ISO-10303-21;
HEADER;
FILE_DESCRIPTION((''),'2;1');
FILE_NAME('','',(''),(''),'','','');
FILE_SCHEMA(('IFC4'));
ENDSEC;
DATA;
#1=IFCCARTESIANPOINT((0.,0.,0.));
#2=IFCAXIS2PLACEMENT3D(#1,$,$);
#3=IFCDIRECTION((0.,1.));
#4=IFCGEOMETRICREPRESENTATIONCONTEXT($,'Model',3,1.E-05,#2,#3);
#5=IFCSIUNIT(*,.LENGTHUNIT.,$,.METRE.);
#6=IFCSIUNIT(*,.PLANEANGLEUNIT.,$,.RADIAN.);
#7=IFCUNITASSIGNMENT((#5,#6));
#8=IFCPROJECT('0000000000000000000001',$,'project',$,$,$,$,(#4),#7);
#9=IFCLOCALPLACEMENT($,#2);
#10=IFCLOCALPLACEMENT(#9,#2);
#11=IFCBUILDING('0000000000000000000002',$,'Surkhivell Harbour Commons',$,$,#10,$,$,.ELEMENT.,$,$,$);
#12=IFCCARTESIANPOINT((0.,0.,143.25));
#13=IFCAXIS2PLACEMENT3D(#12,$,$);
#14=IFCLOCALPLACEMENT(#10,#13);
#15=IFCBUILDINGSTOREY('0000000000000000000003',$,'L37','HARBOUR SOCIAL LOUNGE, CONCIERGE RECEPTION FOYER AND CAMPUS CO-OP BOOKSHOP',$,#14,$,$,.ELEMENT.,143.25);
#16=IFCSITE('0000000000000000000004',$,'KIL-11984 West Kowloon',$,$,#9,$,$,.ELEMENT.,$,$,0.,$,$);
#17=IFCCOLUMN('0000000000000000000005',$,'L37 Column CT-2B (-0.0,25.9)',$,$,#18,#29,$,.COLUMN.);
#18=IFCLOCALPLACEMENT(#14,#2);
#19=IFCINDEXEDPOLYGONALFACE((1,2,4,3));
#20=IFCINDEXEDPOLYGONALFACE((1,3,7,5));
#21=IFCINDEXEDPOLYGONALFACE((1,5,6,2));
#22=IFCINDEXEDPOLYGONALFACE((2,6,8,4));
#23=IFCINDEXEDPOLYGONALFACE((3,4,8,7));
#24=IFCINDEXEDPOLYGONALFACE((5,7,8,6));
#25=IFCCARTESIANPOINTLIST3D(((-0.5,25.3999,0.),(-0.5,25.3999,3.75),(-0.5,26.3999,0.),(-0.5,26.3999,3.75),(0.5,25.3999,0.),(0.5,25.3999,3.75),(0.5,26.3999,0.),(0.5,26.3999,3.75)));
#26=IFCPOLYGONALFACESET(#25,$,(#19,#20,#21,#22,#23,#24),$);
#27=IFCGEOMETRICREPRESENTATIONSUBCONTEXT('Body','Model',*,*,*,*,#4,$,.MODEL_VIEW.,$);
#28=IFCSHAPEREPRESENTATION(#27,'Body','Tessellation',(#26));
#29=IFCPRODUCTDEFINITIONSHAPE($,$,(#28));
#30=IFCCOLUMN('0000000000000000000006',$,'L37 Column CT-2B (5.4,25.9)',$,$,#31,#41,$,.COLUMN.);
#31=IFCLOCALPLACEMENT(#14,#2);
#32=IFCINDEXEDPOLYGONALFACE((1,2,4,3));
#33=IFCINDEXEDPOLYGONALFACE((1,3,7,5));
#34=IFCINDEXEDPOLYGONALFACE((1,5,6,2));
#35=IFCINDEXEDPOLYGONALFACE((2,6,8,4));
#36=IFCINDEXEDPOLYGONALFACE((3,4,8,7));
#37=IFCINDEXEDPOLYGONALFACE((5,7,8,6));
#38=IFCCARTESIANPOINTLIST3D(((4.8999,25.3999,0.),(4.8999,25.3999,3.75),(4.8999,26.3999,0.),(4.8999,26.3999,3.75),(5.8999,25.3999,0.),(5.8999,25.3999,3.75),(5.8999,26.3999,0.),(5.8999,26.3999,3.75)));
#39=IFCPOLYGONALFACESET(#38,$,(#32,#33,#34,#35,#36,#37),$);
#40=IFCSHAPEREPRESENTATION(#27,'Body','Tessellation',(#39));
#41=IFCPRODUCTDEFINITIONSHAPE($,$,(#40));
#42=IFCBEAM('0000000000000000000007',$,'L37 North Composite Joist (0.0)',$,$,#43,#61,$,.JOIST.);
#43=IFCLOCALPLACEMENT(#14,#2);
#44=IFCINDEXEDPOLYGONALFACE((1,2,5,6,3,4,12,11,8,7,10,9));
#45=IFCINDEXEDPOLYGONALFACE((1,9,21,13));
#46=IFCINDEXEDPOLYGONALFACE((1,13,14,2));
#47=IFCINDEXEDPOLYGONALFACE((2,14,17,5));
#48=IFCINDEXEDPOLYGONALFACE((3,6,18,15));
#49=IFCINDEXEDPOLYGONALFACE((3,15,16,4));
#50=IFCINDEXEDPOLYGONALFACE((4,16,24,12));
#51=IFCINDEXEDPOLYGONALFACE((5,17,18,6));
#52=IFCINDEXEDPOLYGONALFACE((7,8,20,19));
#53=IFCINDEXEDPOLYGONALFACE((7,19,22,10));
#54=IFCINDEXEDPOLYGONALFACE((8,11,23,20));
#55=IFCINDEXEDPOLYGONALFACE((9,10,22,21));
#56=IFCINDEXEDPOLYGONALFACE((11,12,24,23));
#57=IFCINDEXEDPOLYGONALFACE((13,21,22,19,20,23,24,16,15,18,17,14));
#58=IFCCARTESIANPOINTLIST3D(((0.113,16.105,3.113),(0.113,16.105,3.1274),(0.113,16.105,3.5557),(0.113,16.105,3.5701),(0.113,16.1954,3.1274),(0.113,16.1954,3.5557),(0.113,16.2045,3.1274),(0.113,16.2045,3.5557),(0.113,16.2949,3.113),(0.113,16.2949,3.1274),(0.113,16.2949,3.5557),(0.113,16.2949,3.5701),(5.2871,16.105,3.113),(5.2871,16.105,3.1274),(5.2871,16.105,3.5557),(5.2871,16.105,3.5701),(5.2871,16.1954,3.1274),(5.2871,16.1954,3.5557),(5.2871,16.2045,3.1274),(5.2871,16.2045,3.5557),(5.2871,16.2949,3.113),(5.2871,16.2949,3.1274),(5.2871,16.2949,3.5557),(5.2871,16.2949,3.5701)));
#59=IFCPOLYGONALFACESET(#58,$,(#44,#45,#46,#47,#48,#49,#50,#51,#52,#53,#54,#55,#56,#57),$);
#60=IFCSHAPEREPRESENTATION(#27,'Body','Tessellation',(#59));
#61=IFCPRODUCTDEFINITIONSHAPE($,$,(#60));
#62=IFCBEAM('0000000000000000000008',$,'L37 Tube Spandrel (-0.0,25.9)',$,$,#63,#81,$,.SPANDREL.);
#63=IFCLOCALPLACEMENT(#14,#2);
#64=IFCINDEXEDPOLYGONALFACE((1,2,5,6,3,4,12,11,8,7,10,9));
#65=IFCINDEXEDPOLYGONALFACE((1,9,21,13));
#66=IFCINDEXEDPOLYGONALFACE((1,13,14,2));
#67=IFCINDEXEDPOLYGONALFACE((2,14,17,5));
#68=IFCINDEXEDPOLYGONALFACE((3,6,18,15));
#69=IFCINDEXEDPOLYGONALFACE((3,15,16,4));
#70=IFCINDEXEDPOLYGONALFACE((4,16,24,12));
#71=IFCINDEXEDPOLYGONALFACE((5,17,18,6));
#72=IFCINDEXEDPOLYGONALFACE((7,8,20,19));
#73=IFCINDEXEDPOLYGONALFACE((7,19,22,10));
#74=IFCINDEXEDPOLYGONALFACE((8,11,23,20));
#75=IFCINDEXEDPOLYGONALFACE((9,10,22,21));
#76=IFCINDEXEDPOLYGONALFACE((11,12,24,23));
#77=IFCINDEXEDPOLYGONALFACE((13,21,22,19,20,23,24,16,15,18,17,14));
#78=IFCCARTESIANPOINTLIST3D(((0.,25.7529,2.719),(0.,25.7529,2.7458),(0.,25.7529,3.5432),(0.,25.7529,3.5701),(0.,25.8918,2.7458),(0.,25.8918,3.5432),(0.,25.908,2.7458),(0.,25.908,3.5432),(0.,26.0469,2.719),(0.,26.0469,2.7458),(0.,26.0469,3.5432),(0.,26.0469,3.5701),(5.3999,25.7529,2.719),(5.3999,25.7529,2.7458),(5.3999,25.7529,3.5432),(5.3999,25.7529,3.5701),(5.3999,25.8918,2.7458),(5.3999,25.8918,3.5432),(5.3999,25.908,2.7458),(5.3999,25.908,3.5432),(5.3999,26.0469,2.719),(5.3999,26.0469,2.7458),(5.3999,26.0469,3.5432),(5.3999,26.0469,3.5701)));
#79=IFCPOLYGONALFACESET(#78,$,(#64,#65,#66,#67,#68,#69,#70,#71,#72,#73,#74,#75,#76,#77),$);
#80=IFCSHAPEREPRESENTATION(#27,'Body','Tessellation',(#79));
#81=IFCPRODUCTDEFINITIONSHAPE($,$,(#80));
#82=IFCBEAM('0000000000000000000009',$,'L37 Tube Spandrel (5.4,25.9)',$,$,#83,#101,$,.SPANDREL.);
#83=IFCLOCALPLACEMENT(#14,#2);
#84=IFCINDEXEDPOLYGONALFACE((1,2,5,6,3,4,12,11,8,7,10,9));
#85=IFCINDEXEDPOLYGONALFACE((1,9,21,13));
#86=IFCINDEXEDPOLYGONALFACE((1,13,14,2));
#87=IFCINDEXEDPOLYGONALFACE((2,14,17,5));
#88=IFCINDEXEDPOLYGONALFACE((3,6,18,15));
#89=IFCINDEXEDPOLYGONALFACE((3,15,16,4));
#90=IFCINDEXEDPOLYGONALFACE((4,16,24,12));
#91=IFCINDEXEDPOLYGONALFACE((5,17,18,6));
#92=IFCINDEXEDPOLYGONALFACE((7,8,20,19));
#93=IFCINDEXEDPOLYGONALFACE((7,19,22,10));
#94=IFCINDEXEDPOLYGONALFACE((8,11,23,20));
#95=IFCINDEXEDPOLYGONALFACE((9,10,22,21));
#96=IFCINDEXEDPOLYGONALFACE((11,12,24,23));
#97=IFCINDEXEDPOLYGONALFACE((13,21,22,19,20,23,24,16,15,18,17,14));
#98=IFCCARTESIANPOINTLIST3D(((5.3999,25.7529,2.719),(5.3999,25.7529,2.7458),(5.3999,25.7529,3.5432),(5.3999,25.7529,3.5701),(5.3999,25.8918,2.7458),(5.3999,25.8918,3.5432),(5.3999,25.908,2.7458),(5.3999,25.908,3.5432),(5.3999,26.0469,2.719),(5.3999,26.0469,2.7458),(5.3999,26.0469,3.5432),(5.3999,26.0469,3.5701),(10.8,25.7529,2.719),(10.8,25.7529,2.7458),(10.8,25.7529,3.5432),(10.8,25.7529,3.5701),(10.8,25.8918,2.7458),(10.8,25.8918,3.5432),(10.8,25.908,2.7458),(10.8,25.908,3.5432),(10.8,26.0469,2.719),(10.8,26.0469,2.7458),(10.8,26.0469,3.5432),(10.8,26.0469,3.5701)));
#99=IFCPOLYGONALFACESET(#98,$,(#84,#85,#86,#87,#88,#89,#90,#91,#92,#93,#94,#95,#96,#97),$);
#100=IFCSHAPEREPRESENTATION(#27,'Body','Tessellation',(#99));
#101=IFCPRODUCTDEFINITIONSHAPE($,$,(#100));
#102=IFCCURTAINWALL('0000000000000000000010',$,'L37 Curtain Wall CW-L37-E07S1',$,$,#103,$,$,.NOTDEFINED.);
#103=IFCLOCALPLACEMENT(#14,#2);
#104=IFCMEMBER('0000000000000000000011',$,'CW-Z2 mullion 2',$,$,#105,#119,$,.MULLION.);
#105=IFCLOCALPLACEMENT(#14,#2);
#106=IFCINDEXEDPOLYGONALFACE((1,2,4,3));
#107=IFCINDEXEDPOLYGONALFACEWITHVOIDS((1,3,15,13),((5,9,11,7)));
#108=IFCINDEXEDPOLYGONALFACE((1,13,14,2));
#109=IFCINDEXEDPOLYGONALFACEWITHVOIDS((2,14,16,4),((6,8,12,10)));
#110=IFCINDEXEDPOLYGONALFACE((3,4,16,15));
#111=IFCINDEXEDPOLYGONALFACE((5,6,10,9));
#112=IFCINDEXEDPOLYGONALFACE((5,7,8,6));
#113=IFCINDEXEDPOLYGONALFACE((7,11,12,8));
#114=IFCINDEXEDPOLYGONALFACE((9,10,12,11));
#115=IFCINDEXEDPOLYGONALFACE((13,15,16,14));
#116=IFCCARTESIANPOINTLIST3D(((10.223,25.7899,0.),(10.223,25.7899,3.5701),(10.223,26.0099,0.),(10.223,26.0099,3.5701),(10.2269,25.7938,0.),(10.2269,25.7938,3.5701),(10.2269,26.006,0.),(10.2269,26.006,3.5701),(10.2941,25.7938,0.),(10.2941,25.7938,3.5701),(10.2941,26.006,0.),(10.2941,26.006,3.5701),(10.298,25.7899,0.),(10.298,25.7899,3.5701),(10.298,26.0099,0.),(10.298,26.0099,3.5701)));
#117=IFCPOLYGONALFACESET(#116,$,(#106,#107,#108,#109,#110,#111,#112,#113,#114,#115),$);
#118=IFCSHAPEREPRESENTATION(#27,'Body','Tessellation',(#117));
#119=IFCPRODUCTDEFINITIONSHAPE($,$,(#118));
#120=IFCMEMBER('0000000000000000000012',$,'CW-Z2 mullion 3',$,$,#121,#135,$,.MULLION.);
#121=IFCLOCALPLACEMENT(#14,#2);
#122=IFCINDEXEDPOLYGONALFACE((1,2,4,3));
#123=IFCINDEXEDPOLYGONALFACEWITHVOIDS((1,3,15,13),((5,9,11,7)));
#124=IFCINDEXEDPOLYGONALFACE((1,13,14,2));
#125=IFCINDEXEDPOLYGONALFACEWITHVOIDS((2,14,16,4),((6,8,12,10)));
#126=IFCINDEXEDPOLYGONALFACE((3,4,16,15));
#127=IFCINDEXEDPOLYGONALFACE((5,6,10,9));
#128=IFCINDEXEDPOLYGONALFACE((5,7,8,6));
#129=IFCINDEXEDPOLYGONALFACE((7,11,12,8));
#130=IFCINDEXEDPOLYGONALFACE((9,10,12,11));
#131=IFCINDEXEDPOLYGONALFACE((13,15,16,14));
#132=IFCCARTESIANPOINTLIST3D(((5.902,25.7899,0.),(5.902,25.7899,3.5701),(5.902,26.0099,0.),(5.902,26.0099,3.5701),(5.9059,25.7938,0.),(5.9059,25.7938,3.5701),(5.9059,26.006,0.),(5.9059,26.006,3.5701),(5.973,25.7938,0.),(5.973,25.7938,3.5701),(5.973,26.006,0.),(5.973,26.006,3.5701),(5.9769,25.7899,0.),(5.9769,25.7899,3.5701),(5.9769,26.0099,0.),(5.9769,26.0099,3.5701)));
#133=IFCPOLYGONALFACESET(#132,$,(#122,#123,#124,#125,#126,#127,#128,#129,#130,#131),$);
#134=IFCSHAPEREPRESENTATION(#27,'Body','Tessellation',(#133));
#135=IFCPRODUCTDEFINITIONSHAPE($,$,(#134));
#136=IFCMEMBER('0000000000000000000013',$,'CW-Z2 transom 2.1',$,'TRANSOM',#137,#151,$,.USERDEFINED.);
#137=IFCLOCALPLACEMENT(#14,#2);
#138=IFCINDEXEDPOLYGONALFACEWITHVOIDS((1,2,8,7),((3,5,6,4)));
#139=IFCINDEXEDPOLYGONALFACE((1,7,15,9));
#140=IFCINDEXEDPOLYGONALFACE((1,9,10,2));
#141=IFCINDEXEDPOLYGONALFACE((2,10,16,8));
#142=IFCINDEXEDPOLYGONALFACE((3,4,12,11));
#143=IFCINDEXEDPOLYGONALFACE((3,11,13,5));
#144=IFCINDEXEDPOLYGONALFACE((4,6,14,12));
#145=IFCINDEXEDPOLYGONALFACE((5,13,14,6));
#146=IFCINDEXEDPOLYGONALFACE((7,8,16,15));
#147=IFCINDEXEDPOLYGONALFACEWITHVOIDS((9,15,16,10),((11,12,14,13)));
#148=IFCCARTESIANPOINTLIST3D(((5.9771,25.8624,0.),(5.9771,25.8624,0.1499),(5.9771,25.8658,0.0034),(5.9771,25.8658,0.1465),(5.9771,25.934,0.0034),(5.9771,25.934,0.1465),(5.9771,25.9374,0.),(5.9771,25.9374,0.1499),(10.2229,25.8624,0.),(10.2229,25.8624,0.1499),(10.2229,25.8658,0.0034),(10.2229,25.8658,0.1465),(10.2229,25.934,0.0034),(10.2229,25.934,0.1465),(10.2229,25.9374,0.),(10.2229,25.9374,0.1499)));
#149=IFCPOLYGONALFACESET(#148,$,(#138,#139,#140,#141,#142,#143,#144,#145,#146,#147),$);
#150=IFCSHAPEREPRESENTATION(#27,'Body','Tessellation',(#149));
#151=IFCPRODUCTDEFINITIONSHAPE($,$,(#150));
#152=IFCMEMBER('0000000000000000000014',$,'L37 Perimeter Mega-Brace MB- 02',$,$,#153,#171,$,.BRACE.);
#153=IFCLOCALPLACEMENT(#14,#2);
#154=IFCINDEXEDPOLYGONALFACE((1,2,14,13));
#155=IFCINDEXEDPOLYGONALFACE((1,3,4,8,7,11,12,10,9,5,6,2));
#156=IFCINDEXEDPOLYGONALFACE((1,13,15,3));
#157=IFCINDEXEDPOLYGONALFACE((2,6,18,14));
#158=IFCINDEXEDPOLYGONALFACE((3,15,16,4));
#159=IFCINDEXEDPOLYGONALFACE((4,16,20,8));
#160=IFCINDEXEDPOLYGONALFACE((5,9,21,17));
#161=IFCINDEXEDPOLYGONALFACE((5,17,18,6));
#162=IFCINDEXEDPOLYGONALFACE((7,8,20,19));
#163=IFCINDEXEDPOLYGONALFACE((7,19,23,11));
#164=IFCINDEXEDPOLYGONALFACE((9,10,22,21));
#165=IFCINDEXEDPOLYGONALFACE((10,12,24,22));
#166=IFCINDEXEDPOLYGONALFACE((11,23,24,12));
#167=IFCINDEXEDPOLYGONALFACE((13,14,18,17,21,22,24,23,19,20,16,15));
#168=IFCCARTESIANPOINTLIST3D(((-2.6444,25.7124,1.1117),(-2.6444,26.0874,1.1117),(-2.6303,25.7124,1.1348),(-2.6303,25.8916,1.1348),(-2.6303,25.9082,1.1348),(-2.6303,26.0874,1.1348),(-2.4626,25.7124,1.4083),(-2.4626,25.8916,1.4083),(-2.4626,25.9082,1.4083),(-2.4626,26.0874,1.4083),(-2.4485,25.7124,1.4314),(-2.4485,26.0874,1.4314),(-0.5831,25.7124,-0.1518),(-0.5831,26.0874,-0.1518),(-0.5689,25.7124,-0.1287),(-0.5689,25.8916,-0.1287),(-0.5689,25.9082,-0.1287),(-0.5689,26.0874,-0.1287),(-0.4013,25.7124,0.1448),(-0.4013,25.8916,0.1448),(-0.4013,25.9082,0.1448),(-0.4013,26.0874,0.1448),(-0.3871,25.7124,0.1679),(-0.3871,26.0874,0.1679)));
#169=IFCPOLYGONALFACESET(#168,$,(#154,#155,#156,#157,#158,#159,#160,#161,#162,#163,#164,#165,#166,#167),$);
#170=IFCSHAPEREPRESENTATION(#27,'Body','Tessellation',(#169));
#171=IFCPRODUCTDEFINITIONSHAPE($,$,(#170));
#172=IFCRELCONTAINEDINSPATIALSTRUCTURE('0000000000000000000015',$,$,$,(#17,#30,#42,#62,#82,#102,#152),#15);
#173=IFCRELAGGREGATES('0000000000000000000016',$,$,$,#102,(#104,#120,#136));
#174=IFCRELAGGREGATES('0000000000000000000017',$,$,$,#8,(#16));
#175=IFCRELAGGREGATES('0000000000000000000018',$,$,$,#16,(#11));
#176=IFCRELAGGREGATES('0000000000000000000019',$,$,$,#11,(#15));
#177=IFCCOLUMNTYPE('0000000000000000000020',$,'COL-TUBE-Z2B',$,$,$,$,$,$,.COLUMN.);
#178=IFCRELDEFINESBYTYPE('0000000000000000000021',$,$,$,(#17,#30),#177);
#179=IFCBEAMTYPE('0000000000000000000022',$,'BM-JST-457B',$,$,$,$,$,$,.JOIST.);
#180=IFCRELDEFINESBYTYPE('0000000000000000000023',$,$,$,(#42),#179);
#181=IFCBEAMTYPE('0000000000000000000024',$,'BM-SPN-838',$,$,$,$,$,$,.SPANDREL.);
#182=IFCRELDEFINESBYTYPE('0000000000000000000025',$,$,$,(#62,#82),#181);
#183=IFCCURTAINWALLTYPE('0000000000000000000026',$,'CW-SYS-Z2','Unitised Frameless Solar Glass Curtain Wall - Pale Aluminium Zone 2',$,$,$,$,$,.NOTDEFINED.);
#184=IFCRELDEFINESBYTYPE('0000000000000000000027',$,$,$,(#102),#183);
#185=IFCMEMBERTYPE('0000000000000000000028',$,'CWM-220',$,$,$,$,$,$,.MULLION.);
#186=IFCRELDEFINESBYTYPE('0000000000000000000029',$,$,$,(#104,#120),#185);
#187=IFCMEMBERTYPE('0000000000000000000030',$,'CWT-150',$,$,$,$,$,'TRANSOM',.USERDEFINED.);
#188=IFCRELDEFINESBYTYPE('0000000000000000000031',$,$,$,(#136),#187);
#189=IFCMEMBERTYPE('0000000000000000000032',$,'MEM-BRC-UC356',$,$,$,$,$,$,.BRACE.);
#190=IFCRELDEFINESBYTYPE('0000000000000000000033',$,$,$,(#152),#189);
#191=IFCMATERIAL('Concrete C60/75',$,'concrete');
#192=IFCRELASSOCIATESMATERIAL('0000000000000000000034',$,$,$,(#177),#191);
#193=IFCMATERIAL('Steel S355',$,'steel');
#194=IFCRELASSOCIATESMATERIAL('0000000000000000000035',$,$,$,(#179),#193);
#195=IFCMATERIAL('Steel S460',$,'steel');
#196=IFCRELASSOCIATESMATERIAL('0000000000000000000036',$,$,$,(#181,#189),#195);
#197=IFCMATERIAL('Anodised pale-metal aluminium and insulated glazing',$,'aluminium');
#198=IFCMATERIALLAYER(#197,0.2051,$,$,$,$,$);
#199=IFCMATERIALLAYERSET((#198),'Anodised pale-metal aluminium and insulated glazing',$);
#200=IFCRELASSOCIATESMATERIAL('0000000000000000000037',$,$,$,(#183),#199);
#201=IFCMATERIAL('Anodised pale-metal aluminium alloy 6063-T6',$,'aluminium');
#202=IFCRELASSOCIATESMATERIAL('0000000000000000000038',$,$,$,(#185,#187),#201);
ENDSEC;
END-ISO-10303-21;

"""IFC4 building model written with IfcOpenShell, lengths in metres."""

from ifc_helpers import new_model, si_unit, direction, frame, origin, origin_2d, place, context, subcontext, project, spatial, rectangle, hollow_rectangle, i_section, extrude, material, layer, layer_set, material_profile, profile_set, type_object, element, aggregate, save


model = new_model("IFC4")

# Units and contexts
model_context = context("Model", 3, precision=1e-05, world=origin(), true_north=direction((0.0, 1.0)))
body_context = subcontext(model_context, "Body", "Model", "MODEL_VIEW")
ifc_project = project(units=[si_unit("LENGTHUNIT", "METRE"), si_unit("PLANEANGLEUNIT", "RADIAN")], contexts=[model_context])

# Site, building, storey
site_placement = place(None, origin())
site = spatial("IfcSite", under=ifc_project, at=site_placement, Name="KIL-11984 West Kowloon", CompositionType="ELEMENT", RefElevation=0.0)
building_placement = place(site_placement, origin())
building = spatial("IfcBuilding", under=site, at=building_placement, Name="Surkhivell Harbour Commons", CompositionType="ELEMENT")
storey_placement = place(building_placement, frame((0.0, 0.0, 143.25)))
storey = spatial("IfcBuildingStorey", under=building, at=storey_placement, Name="L37", Description="HARBOUR SOCIAL LOUNGE, CONCIERGE RECEPTION FOYER AND CAMPUS CO-OP BOOKSHOP", CompositionType="ELEMENT", Elevation=143.25)

# Columns
ifc_material_1 = material(Name="Concrete C60/75", Category="concrete")
ifc_material_profile_1 = material_profile(ifc_material_1, rectangle(XDim=1.0, YDim=1.0, at=origin_2d()), Name="RC-COL-1000x1000")
ifc_profile_set_1 = profile_set([ifc_material_profile_1], Name="Concrete C60/75")
column_type = type_object("IfcColumnType", Name="COL-TUBE-Z2B", PredefinedType="COLUMN", material=ifc_profile_set_1)
for number, where, z_axis, x_axis, name in (
    (1, (0.0, 25.8999, 0.0), (0.0, 0.0, 1.0), (1.0, 0.0, 0.0), "L37 Column CT-2B (-0.0,25.9)"),
    (2, (5.3999, 25.8999, 0.0), (0.0, 0.0, 1.0), (1.0, 0.0, 0.0), "L37 Column CT-2B (5.4,25.9)"),
):
    element("IfcColumn", number, at=place(storey_placement, frame(where, z_axis=z_axis, x_axis=x_axis)), inside=storey, type_object=column_type, Name=name, PredefinedType="COLUMN", context=body_context, shape_type="SweptSolid", body=[
        extrude(rectangle(XDim=1.0, YDim=1.0, at=origin_2d()), origin(), (0.0, 0.0, 1.0), 3.75),
    ])

# Beams
ifc_material_2 = material(Name="Steel S355", Category="steel")
ifc_material_profile_2 = material_profile(ifc_material_2, i_section(OverallWidth=0.1899, OverallDepth=0.457, WebThickness=0.009, FlangeThickness=0.0144, at=origin_2d()), Name="UB457x191x74")
ifc_profile_set_2 = profile_set([ifc_material_profile_2], Name="Steel S355")
beam_type_1 = type_object("IfcBeamType", Name="BM-JST-457B", PredefinedType="JOIST", material=ifc_profile_set_2)
beam_1_placement = place(storey_placement, frame((0.113, 16.2, 3.3416), z_axis=(1.0, 0.0, 0.0), x_axis=(0.0, 1.0, 0.0)))
element("IfcBeam", 3, at=beam_1_placement, inside=storey, type_object=beam_type_1, Name="L37 North Composite Joist (0.0)", PredefinedType="JOIST", context=body_context, shape_type="SweptSolid", body=[
    extrude(i_section(OverallWidth=0.1899, OverallDepth=0.457, WebThickness=0.009, FlangeThickness=0.0144, at=origin_2d()), origin(), (0.0, 0.0, 1.0), 5.1741),
])
ifc_material_3 = material(Name="Steel S460", Category="steel")
ifc_material_profile_3 = material_profile(ifc_material_3, i_section(OverallWidth=0.2939, OverallDepth=0.8511, WebThickness=0.0161, FlangeThickness=0.0269, at=origin_2d()), Name="UB838x292x226")
ifc_profile_set_3 = profile_set([ifc_material_profile_3], Name="Steel S460")
beam_type_2 = type_object("IfcBeamType", Name="BM-SPN-838", PredefinedType="SPANDREL", material=ifc_profile_set_3)
beam_2_placement = place(storey_placement, frame((0.0, 25.8999, 3.1445), z_axis=(1.0, 0.0, 0.0), x_axis=(0.0, 1.0, 0.0)))
element("IfcBeam", 4, at=beam_2_placement, inside=storey, type_object=beam_type_2, Name="L37 Tube Spandrel (-0.0,25.9)", PredefinedType="SPANDREL", context=body_context, shape_type="SweptSolid", body=[
    extrude(i_section(OverallWidth=0.2939, OverallDepth=0.8511, WebThickness=0.0161, FlangeThickness=0.0269, at=origin_2d()), origin(), (0.0, 0.0, 1.0), 5.3999),
])
beam_3_placement = place(storey_placement, frame((5.3999, 25.8999, 3.1445), z_axis=(1.0, 0.0, 0.0), x_axis=(0.0, 1.0, 0.0)))
element("IfcBeam", 5, at=beam_3_placement, inside=storey, type_object=beam_type_2, Name="L37 Tube Spandrel (5.4,25.9)", PredefinedType="SPANDREL", context=body_context, shape_type="SweptSolid", body=[
    extrude(i_section(OverallWidth=0.2939, OverallDepth=0.8511, WebThickness=0.0161, FlangeThickness=0.0269, at=origin_2d()), origin(), (0.0, 0.0, 1.0), 5.4001),
])

# Curtain wall, members
ifc_material_4 = material(Name="Anodised pale-metal aluminium and insulated glazing", Category="aluminium")
ifc_layer_1 = layer(ifc_material_4, 0.2051)
ifc_layer_set_1 = layer_set([ifc_layer_1], Name="Anodised pale-metal aluminium and insulated glazing")
curtain_wall_type = type_object("IfcCurtainWallType", Name="CW-SYS-Z2", Description="Unitised Frameless Solar Glass Curtain Wall - Pale Aluminium Zone 2", PredefinedType="NOTDEFINED", material=ifc_layer_set_1)
curtain_wall_placement = place(storey_placement, origin())
curtain_wall = element("IfcCurtainWall", 6, at=curtain_wall_placement, inside=storey, type_object=curtain_wall_type, Name="L37 Curtain Wall CW-L37-E07S1", PredefinedType="NOTDEFINED")
ifc_material_5 = material(Name="Anodised pale-metal aluminium alloy 6063-T6", Category="aluminium")
ifc_material_profile_4 = material_profile(ifc_material_5, hollow_rectangle(XDim=0.075, YDim=0.22, WallThickness=0.0039, at=origin_2d()), Name="ALU-MULL-75x220")
ifc_profile_set_4 = profile_set([ifc_material_profile_4], Name="Anodised pale-metal aluminium alloy 6063-T6")
member_type_1 = type_object("IfcMemberType", Name="CWM-220", PredefinedType="MULLION", material=ifc_profile_set_4)
member_1_placement = place(storey_placement, frame((10.2605, 25.8999, 0.0), z_axis=(0.0, 0.0, 1.0), x_axis=(-1.0, 0.0, 0.0)))
member_1 = element("IfcMember", 7, at=member_1_placement, type_object=member_type_1, Name="CW-Z2 mullion 2", PredefinedType="MULLION", context=body_context, shape_type="SweptSolid", body=[
    extrude(hollow_rectangle(XDim=0.075, YDim=0.22, WallThickness=0.0039, at=origin_2d()), origin(), (0.0, 0.0, 1.0), 3.5701),
])
member_2_placement = place(storey_placement, frame((5.9395, 25.8999, 0.0), z_axis=(0.0, 0.0, 1.0), x_axis=(-1.0, 0.0, 0.0)))
member_2 = element("IfcMember", 8, at=member_2_placement, type_object=member_type_1, Name="CW-Z2 mullion 3", PredefinedType="MULLION", context=body_context, shape_type="SweptSolid", body=[
    extrude(hollow_rectangle(XDim=0.075, YDim=0.22, WallThickness=0.0039, at=origin_2d()), origin(), (0.0, 0.0, 1.0), 3.5701),
])
ifc_material_profile_5 = material_profile(ifc_material_5, hollow_rectangle(XDim=0.075, YDim=0.1499, WallThickness=0.0034, at=origin_2d()), Name="ALU-TRAN-75x150")
ifc_profile_set_5 = profile_set([ifc_material_profile_5], Name="Anodised pale-metal aluminium alloy 6063-T6")
member_type_2 = type_object("IfcMemberType", Name="CWT-150", ElementType="TRANSOM", PredefinedType="USERDEFINED", material=ifc_profile_set_5)
member_3_placement = place(storey_placement, frame((10.2229, 25.8999, 0.075), z_axis=(-1.0, 0.0, 0.0), x_axis=(0.0, -1.0, 0.0)))
member_3 = element("IfcMember", 9, at=member_3_placement, type_object=member_type_2, Name="CW-Z2 transom 2.1", ObjectType="TRANSOM", PredefinedType="USERDEFINED", context=body_context, shape_type="SweptSolid", body=[
    extrude(hollow_rectangle(XDim=0.075, YDim=0.1499, WallThickness=0.0034, at=origin_2d()), origin(), (0.0, 0.0, 1.0), 4.2458),
])

# Member
ifc_material_profile_6 = material_profile(ifc_material_3, i_section(OverallWidth=0.375, OverallDepth=0.375, WebThickness=0.0166, FlangeThickness=0.0271, at=origin_2d()), Name="UC356x368x202")
ifc_profile_set_6 = profile_set([ifc_material_profile_6], Name="Steel S460")
member_type_3 = type_object("IfcMemberType", Name="MEM-BRC-UC356", PredefinedType="BRACE", material=ifc_profile_set_6)
for number, where, z_axis, x_axis, name in (
    (10, (-0.4851, 25.8999, 0.0081), (-0.85259, 0.0, 0.522581), (0.0, -1.0, 0.0), "L37 Perimeter Mega-Brace MB- 02"),
):
    element("IfcMember", number, at=place(storey_placement, frame(where, z_axis=z_axis, x_axis=x_axis)), inside=storey, type_object=member_type_3, Name=name, PredefinedType="BRACE", context=body_context, shape_type="SweptSolid", body=[
        extrude(i_section(OverallWidth=0.375, OverallDepth=0.375, WebThickness=0.0166, FlangeThickness=0.0271, at=origin_2d()), origin(), (0.0, 0.0, 1.0), 2.4177),
    ])

aggregate(curtain_wall, [member_1, member_2, member_3])

save(model, "model.ifc")
